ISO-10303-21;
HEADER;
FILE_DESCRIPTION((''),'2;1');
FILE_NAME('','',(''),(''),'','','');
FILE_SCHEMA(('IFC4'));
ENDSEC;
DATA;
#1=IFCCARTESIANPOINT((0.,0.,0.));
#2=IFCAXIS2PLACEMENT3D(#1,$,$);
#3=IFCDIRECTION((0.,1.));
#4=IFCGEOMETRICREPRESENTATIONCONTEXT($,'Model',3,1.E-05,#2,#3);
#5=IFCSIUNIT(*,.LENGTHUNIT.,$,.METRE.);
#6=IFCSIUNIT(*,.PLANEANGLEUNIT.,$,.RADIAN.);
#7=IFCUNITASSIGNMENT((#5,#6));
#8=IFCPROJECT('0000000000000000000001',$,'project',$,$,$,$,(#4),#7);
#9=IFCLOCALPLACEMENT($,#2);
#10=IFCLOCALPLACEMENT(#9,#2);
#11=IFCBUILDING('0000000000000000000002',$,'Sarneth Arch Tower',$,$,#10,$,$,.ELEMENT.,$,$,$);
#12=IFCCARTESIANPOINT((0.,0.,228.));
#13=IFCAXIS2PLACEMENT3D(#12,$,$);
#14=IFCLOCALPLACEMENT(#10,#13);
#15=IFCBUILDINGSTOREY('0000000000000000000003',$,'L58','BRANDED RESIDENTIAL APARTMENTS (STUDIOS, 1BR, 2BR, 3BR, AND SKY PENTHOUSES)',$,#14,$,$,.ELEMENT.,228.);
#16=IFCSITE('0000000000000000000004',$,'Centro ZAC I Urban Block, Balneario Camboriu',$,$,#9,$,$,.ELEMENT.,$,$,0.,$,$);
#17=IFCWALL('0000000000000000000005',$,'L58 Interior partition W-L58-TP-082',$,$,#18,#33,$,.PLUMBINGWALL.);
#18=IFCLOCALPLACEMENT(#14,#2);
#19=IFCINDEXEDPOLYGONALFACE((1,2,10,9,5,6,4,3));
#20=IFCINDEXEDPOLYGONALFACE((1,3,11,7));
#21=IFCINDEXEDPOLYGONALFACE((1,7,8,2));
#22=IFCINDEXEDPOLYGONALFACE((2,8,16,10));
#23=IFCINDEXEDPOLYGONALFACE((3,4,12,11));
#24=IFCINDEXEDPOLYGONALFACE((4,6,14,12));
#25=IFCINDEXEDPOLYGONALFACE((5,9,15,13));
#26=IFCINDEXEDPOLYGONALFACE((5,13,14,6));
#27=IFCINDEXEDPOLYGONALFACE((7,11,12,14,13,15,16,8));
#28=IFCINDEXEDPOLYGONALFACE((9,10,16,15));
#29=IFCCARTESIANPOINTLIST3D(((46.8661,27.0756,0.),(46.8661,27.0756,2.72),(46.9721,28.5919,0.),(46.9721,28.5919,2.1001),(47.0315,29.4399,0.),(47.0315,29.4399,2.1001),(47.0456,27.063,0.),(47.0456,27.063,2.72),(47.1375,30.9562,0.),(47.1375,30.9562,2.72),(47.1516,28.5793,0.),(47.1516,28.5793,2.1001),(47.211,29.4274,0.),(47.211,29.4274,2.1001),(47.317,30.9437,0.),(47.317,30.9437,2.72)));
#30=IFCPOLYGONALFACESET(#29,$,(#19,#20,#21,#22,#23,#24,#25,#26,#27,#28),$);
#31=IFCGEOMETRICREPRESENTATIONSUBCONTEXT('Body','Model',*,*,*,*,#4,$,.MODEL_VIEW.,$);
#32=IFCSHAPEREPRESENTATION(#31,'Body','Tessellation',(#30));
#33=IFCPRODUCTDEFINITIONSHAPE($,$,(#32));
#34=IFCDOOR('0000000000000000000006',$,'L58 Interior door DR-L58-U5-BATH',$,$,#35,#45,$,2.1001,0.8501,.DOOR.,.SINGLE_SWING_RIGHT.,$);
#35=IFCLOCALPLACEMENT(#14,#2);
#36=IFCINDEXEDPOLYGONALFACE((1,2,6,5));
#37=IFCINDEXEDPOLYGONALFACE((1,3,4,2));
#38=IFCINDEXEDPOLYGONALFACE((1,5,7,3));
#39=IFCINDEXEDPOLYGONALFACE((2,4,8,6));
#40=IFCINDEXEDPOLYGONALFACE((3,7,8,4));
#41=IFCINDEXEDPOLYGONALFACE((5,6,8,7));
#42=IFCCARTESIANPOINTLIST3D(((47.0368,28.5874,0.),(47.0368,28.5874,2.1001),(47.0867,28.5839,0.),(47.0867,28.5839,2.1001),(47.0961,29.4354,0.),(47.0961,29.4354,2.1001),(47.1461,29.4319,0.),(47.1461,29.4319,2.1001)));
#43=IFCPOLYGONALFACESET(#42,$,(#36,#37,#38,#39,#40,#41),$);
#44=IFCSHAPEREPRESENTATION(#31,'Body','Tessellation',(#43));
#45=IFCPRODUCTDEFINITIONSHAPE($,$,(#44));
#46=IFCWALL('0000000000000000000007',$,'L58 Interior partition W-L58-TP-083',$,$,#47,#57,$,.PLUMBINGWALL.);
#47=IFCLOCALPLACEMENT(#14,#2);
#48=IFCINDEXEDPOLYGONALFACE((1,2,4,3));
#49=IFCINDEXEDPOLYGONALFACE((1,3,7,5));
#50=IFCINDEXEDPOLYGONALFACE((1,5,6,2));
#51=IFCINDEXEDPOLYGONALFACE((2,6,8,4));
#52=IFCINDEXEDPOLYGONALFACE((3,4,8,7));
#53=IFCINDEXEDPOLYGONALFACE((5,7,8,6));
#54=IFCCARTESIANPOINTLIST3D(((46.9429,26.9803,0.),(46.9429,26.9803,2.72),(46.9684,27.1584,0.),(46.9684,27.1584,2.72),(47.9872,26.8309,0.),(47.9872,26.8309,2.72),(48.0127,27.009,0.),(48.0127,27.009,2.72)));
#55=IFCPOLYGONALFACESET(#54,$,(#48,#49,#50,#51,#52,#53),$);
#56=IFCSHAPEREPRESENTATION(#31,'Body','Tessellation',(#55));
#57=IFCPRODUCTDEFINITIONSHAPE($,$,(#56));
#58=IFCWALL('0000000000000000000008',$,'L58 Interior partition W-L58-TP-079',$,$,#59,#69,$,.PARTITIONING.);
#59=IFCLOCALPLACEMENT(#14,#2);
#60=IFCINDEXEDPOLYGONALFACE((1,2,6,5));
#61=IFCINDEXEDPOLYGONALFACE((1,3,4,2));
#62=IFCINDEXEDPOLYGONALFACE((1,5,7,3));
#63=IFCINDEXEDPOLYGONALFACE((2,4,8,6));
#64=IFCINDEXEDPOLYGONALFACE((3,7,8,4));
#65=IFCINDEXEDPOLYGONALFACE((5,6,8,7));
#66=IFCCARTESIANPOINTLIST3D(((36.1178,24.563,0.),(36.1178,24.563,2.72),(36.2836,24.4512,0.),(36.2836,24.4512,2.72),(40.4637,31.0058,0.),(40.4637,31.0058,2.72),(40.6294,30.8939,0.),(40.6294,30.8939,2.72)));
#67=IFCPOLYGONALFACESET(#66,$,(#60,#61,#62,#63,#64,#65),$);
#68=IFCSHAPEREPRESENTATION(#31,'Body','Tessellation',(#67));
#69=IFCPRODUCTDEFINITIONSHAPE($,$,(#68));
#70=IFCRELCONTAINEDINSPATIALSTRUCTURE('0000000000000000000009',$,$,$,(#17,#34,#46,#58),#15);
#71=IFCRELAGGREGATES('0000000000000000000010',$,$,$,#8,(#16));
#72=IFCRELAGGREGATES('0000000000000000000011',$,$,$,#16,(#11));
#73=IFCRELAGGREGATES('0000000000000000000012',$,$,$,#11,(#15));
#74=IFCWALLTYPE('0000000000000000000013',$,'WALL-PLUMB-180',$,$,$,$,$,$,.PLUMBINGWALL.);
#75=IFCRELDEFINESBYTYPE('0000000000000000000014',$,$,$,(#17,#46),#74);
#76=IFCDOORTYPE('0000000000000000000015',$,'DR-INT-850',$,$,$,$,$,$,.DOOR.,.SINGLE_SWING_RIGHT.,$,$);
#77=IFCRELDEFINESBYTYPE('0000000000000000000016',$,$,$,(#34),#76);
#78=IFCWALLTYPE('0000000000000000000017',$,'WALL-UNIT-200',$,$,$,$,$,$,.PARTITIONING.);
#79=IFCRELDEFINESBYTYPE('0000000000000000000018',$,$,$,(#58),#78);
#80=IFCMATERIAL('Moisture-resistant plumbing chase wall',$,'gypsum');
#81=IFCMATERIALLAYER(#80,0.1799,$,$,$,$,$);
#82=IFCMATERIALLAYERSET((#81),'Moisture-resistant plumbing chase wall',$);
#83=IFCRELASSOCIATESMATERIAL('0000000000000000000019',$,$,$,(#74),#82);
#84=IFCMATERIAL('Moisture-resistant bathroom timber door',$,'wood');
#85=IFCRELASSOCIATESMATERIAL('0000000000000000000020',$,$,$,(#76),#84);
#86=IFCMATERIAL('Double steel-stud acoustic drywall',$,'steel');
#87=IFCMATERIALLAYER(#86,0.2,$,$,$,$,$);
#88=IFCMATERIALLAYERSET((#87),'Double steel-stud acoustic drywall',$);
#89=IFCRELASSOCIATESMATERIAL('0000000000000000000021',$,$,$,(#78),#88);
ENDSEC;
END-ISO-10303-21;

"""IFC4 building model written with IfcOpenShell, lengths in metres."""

from ifc_helpers import new_model, si_unit, direction, frame, frame_2d, origin, place, context, subcontext, project, spatial, rectangle, extrude, material, layer, layer_set, type_object, element, fill, save


model = new_model("IFC4")

# Units and contexts
model_context = context("Model", 3, precision=1e-05, world=origin(), true_north=direction((0.0, 1.0)))
body_context = subcontext(model_context, "Body", "Model", "MODEL_VIEW")
ifc_project = project(units=[si_unit("LENGTHUNIT", "METRE"), si_unit("PLANEANGLEUNIT", "RADIAN")], contexts=[model_context])

# Site, building, storey
site_placement = place(None, origin())
site = spatial("IfcSite", under=ifc_project, at=site_placement, Name="Centro ZAC I Urban Block, Balneario Camboriu", CompositionType="ELEMENT", RefElevation=0.0)
building_placement = place(site_placement, origin())
building = spatial("IfcBuilding", under=site, at=building_placement, Name="Sarneth Arch Tower", CompositionType="ELEMENT")
storey_placement = place(building_placement, frame((0.0, 0.0, 228.0)))
storey = spatial("IfcBuildingStorey", under=building, at=storey_placement, Name="L58", Description="BRANDED RESIDENTIAL APARTMENTS (STUDIOS, 1BR, 2BR, 3BR, AND SKY PENTHOUSES)", CompositionType="ELEMENT", Elevation=228.0)

# Wall, opening, door
ifc_material_1 = material(Name="Moisture-resistant plumbing chase wall", Category="gypsum")
ifc_layer_1 = layer(ifc_material_1, 0.1799)
ifc_layer_set_1 = layer_set([ifc_layer_1], Name="Moisture-resistant plumbing chase wall")
wall_type_1 = type_object("IfcWallType", Name="WALL-PLUMB-180", PredefinedType="PLUMBINGWALL", material=ifc_layer_set_1)
wall_1_placement = place(storey_placement, frame((47.2273, 30.95, 0.0), z_axis=(0.0, 0.0, 1.0), x_axis=(-0.069789, -0.997562, 0.0)))
wall_1 = element("IfcWall", 1, at=wall_1_placement, inside=storey, type_object=wall_type_1, Name="L58 Interior partition W-L58-TP-082", PredefinedType="PLUMBINGWALL", context=body_context, shape_type="SweptSolid", body=[
    extrude(rectangle(XDim=3.8901, YDim=0.1799, at=frame_2d((1.9451, 0.0))), origin(), (0.0, 0.0, 1.0), 2.72),
])
opening_1_placement = place(wall_1_placement, frame((1.52, 0.0, 0.0)))
opening_1 = element("IfcOpeningElement", 2, at=opening_1_placement, cuts=wall_1, PredefinedType="OPENING", context=body_context, shape_type="SweptSolid", body=[
    extrude(rectangle(XDim=0.8501, YDim=2.1001, at=frame_2d((0.425, 1.05))), frame((0.0, 0.0999, 0.0), z_axis=(0.0, -1.0, 0.0), x_axis=(1.0, 0.0, 0.0)), (0.0, 0.0, 1.0), 0.2),
])
ifc_material_2 = material(Name="Moisture-resistant bathroom timber door", Category="wood")
door_type_1 = type_object("IfcDoorType", Name="DR-INT-850", OperationType="SINGLE_SWING_RIGHT", PredefinedType="DOOR", material=ifc_material_2)
door_1_placement = place(opening_1_placement, origin())
door_1 = element("IfcDoor", 3, at=door_1_placement, inside=storey, type_object=door_type_1, Name="L58 Interior door DR-L58-U5-BATH", OperationType="SINGLE_SWING_RIGHT", OverallHeight=2.1001, OverallWidth=0.8501, PredefinedType="DOOR", context=body_context, shape_type="SweptSolid", body=[
    extrude(rectangle(XDim=0.8501, YDim=2.1001, at=frame_2d((0.425, 1.05))), frame((0.0, 0.0249, 0.0), z_axis=(0.0, -1.0, 0.0), x_axis=(1.0, 0.0, 0.0)), (0.0, 0.0, 1.0), 0.05),
])
fill(opening_1, door_1)

# Walls
wall_2_placement = place(storey_placement, frame((46.9558, 27.0693, 0.0), z_axis=(0.0, 0.0, 1.0), x_axis=(0.989917, -0.141648, 0.0)))
element("IfcWall", 4, at=wall_2_placement, inside=storey, type_object=wall_type_1, Name="L58 Interior partition W-L58-TP-083", PredefinedType="PLUMBINGWALL", context=body_context, shape_type="SweptSolid", body=[
    extrude(rectangle(XDim=1.0549, YDim=0.1799, at=frame_2d((0.5273, 0.0))), origin(), (0.0, 0.0, 1.0), 2.72),
])
ifc_material_3 = material(Name="Double steel-stud acoustic drywall", Category="steel")
ifc_layer_2 = layer(ifc_material_3, 0.2)
ifc_layer_set_2 = layer_set([ifc_layer_2], Name="Double steel-stud acoustic drywall")
wall_type_2 = type_object("IfcWallType", Name="WALL-UNIT-200", PredefinedType="PARTITIONING", material=ifc_layer_set_2)
wall_3_placement = place(storey_placement, frame((36.2007, 24.5071, 0.0), z_axis=(0.0, 0.0, 1.0), x_axis=(0.559208, 0.829027, 0.0)))
element("IfcWall", 5, at=wall_3_placement, inside=storey, type_object=wall_type_2, Name="L58 Interior partition W-L58-TP-079", PredefinedType="PARTITIONING", context=body_context, shape_type="SweptSolid", body=[
    extrude(rectangle(XDim=7.7715, YDim=0.2, at=frame_2d((3.8857, 0.0))), origin(), (0.0, 0.0, 1.0), 2.72),
])

save(model, "model.ifc")
